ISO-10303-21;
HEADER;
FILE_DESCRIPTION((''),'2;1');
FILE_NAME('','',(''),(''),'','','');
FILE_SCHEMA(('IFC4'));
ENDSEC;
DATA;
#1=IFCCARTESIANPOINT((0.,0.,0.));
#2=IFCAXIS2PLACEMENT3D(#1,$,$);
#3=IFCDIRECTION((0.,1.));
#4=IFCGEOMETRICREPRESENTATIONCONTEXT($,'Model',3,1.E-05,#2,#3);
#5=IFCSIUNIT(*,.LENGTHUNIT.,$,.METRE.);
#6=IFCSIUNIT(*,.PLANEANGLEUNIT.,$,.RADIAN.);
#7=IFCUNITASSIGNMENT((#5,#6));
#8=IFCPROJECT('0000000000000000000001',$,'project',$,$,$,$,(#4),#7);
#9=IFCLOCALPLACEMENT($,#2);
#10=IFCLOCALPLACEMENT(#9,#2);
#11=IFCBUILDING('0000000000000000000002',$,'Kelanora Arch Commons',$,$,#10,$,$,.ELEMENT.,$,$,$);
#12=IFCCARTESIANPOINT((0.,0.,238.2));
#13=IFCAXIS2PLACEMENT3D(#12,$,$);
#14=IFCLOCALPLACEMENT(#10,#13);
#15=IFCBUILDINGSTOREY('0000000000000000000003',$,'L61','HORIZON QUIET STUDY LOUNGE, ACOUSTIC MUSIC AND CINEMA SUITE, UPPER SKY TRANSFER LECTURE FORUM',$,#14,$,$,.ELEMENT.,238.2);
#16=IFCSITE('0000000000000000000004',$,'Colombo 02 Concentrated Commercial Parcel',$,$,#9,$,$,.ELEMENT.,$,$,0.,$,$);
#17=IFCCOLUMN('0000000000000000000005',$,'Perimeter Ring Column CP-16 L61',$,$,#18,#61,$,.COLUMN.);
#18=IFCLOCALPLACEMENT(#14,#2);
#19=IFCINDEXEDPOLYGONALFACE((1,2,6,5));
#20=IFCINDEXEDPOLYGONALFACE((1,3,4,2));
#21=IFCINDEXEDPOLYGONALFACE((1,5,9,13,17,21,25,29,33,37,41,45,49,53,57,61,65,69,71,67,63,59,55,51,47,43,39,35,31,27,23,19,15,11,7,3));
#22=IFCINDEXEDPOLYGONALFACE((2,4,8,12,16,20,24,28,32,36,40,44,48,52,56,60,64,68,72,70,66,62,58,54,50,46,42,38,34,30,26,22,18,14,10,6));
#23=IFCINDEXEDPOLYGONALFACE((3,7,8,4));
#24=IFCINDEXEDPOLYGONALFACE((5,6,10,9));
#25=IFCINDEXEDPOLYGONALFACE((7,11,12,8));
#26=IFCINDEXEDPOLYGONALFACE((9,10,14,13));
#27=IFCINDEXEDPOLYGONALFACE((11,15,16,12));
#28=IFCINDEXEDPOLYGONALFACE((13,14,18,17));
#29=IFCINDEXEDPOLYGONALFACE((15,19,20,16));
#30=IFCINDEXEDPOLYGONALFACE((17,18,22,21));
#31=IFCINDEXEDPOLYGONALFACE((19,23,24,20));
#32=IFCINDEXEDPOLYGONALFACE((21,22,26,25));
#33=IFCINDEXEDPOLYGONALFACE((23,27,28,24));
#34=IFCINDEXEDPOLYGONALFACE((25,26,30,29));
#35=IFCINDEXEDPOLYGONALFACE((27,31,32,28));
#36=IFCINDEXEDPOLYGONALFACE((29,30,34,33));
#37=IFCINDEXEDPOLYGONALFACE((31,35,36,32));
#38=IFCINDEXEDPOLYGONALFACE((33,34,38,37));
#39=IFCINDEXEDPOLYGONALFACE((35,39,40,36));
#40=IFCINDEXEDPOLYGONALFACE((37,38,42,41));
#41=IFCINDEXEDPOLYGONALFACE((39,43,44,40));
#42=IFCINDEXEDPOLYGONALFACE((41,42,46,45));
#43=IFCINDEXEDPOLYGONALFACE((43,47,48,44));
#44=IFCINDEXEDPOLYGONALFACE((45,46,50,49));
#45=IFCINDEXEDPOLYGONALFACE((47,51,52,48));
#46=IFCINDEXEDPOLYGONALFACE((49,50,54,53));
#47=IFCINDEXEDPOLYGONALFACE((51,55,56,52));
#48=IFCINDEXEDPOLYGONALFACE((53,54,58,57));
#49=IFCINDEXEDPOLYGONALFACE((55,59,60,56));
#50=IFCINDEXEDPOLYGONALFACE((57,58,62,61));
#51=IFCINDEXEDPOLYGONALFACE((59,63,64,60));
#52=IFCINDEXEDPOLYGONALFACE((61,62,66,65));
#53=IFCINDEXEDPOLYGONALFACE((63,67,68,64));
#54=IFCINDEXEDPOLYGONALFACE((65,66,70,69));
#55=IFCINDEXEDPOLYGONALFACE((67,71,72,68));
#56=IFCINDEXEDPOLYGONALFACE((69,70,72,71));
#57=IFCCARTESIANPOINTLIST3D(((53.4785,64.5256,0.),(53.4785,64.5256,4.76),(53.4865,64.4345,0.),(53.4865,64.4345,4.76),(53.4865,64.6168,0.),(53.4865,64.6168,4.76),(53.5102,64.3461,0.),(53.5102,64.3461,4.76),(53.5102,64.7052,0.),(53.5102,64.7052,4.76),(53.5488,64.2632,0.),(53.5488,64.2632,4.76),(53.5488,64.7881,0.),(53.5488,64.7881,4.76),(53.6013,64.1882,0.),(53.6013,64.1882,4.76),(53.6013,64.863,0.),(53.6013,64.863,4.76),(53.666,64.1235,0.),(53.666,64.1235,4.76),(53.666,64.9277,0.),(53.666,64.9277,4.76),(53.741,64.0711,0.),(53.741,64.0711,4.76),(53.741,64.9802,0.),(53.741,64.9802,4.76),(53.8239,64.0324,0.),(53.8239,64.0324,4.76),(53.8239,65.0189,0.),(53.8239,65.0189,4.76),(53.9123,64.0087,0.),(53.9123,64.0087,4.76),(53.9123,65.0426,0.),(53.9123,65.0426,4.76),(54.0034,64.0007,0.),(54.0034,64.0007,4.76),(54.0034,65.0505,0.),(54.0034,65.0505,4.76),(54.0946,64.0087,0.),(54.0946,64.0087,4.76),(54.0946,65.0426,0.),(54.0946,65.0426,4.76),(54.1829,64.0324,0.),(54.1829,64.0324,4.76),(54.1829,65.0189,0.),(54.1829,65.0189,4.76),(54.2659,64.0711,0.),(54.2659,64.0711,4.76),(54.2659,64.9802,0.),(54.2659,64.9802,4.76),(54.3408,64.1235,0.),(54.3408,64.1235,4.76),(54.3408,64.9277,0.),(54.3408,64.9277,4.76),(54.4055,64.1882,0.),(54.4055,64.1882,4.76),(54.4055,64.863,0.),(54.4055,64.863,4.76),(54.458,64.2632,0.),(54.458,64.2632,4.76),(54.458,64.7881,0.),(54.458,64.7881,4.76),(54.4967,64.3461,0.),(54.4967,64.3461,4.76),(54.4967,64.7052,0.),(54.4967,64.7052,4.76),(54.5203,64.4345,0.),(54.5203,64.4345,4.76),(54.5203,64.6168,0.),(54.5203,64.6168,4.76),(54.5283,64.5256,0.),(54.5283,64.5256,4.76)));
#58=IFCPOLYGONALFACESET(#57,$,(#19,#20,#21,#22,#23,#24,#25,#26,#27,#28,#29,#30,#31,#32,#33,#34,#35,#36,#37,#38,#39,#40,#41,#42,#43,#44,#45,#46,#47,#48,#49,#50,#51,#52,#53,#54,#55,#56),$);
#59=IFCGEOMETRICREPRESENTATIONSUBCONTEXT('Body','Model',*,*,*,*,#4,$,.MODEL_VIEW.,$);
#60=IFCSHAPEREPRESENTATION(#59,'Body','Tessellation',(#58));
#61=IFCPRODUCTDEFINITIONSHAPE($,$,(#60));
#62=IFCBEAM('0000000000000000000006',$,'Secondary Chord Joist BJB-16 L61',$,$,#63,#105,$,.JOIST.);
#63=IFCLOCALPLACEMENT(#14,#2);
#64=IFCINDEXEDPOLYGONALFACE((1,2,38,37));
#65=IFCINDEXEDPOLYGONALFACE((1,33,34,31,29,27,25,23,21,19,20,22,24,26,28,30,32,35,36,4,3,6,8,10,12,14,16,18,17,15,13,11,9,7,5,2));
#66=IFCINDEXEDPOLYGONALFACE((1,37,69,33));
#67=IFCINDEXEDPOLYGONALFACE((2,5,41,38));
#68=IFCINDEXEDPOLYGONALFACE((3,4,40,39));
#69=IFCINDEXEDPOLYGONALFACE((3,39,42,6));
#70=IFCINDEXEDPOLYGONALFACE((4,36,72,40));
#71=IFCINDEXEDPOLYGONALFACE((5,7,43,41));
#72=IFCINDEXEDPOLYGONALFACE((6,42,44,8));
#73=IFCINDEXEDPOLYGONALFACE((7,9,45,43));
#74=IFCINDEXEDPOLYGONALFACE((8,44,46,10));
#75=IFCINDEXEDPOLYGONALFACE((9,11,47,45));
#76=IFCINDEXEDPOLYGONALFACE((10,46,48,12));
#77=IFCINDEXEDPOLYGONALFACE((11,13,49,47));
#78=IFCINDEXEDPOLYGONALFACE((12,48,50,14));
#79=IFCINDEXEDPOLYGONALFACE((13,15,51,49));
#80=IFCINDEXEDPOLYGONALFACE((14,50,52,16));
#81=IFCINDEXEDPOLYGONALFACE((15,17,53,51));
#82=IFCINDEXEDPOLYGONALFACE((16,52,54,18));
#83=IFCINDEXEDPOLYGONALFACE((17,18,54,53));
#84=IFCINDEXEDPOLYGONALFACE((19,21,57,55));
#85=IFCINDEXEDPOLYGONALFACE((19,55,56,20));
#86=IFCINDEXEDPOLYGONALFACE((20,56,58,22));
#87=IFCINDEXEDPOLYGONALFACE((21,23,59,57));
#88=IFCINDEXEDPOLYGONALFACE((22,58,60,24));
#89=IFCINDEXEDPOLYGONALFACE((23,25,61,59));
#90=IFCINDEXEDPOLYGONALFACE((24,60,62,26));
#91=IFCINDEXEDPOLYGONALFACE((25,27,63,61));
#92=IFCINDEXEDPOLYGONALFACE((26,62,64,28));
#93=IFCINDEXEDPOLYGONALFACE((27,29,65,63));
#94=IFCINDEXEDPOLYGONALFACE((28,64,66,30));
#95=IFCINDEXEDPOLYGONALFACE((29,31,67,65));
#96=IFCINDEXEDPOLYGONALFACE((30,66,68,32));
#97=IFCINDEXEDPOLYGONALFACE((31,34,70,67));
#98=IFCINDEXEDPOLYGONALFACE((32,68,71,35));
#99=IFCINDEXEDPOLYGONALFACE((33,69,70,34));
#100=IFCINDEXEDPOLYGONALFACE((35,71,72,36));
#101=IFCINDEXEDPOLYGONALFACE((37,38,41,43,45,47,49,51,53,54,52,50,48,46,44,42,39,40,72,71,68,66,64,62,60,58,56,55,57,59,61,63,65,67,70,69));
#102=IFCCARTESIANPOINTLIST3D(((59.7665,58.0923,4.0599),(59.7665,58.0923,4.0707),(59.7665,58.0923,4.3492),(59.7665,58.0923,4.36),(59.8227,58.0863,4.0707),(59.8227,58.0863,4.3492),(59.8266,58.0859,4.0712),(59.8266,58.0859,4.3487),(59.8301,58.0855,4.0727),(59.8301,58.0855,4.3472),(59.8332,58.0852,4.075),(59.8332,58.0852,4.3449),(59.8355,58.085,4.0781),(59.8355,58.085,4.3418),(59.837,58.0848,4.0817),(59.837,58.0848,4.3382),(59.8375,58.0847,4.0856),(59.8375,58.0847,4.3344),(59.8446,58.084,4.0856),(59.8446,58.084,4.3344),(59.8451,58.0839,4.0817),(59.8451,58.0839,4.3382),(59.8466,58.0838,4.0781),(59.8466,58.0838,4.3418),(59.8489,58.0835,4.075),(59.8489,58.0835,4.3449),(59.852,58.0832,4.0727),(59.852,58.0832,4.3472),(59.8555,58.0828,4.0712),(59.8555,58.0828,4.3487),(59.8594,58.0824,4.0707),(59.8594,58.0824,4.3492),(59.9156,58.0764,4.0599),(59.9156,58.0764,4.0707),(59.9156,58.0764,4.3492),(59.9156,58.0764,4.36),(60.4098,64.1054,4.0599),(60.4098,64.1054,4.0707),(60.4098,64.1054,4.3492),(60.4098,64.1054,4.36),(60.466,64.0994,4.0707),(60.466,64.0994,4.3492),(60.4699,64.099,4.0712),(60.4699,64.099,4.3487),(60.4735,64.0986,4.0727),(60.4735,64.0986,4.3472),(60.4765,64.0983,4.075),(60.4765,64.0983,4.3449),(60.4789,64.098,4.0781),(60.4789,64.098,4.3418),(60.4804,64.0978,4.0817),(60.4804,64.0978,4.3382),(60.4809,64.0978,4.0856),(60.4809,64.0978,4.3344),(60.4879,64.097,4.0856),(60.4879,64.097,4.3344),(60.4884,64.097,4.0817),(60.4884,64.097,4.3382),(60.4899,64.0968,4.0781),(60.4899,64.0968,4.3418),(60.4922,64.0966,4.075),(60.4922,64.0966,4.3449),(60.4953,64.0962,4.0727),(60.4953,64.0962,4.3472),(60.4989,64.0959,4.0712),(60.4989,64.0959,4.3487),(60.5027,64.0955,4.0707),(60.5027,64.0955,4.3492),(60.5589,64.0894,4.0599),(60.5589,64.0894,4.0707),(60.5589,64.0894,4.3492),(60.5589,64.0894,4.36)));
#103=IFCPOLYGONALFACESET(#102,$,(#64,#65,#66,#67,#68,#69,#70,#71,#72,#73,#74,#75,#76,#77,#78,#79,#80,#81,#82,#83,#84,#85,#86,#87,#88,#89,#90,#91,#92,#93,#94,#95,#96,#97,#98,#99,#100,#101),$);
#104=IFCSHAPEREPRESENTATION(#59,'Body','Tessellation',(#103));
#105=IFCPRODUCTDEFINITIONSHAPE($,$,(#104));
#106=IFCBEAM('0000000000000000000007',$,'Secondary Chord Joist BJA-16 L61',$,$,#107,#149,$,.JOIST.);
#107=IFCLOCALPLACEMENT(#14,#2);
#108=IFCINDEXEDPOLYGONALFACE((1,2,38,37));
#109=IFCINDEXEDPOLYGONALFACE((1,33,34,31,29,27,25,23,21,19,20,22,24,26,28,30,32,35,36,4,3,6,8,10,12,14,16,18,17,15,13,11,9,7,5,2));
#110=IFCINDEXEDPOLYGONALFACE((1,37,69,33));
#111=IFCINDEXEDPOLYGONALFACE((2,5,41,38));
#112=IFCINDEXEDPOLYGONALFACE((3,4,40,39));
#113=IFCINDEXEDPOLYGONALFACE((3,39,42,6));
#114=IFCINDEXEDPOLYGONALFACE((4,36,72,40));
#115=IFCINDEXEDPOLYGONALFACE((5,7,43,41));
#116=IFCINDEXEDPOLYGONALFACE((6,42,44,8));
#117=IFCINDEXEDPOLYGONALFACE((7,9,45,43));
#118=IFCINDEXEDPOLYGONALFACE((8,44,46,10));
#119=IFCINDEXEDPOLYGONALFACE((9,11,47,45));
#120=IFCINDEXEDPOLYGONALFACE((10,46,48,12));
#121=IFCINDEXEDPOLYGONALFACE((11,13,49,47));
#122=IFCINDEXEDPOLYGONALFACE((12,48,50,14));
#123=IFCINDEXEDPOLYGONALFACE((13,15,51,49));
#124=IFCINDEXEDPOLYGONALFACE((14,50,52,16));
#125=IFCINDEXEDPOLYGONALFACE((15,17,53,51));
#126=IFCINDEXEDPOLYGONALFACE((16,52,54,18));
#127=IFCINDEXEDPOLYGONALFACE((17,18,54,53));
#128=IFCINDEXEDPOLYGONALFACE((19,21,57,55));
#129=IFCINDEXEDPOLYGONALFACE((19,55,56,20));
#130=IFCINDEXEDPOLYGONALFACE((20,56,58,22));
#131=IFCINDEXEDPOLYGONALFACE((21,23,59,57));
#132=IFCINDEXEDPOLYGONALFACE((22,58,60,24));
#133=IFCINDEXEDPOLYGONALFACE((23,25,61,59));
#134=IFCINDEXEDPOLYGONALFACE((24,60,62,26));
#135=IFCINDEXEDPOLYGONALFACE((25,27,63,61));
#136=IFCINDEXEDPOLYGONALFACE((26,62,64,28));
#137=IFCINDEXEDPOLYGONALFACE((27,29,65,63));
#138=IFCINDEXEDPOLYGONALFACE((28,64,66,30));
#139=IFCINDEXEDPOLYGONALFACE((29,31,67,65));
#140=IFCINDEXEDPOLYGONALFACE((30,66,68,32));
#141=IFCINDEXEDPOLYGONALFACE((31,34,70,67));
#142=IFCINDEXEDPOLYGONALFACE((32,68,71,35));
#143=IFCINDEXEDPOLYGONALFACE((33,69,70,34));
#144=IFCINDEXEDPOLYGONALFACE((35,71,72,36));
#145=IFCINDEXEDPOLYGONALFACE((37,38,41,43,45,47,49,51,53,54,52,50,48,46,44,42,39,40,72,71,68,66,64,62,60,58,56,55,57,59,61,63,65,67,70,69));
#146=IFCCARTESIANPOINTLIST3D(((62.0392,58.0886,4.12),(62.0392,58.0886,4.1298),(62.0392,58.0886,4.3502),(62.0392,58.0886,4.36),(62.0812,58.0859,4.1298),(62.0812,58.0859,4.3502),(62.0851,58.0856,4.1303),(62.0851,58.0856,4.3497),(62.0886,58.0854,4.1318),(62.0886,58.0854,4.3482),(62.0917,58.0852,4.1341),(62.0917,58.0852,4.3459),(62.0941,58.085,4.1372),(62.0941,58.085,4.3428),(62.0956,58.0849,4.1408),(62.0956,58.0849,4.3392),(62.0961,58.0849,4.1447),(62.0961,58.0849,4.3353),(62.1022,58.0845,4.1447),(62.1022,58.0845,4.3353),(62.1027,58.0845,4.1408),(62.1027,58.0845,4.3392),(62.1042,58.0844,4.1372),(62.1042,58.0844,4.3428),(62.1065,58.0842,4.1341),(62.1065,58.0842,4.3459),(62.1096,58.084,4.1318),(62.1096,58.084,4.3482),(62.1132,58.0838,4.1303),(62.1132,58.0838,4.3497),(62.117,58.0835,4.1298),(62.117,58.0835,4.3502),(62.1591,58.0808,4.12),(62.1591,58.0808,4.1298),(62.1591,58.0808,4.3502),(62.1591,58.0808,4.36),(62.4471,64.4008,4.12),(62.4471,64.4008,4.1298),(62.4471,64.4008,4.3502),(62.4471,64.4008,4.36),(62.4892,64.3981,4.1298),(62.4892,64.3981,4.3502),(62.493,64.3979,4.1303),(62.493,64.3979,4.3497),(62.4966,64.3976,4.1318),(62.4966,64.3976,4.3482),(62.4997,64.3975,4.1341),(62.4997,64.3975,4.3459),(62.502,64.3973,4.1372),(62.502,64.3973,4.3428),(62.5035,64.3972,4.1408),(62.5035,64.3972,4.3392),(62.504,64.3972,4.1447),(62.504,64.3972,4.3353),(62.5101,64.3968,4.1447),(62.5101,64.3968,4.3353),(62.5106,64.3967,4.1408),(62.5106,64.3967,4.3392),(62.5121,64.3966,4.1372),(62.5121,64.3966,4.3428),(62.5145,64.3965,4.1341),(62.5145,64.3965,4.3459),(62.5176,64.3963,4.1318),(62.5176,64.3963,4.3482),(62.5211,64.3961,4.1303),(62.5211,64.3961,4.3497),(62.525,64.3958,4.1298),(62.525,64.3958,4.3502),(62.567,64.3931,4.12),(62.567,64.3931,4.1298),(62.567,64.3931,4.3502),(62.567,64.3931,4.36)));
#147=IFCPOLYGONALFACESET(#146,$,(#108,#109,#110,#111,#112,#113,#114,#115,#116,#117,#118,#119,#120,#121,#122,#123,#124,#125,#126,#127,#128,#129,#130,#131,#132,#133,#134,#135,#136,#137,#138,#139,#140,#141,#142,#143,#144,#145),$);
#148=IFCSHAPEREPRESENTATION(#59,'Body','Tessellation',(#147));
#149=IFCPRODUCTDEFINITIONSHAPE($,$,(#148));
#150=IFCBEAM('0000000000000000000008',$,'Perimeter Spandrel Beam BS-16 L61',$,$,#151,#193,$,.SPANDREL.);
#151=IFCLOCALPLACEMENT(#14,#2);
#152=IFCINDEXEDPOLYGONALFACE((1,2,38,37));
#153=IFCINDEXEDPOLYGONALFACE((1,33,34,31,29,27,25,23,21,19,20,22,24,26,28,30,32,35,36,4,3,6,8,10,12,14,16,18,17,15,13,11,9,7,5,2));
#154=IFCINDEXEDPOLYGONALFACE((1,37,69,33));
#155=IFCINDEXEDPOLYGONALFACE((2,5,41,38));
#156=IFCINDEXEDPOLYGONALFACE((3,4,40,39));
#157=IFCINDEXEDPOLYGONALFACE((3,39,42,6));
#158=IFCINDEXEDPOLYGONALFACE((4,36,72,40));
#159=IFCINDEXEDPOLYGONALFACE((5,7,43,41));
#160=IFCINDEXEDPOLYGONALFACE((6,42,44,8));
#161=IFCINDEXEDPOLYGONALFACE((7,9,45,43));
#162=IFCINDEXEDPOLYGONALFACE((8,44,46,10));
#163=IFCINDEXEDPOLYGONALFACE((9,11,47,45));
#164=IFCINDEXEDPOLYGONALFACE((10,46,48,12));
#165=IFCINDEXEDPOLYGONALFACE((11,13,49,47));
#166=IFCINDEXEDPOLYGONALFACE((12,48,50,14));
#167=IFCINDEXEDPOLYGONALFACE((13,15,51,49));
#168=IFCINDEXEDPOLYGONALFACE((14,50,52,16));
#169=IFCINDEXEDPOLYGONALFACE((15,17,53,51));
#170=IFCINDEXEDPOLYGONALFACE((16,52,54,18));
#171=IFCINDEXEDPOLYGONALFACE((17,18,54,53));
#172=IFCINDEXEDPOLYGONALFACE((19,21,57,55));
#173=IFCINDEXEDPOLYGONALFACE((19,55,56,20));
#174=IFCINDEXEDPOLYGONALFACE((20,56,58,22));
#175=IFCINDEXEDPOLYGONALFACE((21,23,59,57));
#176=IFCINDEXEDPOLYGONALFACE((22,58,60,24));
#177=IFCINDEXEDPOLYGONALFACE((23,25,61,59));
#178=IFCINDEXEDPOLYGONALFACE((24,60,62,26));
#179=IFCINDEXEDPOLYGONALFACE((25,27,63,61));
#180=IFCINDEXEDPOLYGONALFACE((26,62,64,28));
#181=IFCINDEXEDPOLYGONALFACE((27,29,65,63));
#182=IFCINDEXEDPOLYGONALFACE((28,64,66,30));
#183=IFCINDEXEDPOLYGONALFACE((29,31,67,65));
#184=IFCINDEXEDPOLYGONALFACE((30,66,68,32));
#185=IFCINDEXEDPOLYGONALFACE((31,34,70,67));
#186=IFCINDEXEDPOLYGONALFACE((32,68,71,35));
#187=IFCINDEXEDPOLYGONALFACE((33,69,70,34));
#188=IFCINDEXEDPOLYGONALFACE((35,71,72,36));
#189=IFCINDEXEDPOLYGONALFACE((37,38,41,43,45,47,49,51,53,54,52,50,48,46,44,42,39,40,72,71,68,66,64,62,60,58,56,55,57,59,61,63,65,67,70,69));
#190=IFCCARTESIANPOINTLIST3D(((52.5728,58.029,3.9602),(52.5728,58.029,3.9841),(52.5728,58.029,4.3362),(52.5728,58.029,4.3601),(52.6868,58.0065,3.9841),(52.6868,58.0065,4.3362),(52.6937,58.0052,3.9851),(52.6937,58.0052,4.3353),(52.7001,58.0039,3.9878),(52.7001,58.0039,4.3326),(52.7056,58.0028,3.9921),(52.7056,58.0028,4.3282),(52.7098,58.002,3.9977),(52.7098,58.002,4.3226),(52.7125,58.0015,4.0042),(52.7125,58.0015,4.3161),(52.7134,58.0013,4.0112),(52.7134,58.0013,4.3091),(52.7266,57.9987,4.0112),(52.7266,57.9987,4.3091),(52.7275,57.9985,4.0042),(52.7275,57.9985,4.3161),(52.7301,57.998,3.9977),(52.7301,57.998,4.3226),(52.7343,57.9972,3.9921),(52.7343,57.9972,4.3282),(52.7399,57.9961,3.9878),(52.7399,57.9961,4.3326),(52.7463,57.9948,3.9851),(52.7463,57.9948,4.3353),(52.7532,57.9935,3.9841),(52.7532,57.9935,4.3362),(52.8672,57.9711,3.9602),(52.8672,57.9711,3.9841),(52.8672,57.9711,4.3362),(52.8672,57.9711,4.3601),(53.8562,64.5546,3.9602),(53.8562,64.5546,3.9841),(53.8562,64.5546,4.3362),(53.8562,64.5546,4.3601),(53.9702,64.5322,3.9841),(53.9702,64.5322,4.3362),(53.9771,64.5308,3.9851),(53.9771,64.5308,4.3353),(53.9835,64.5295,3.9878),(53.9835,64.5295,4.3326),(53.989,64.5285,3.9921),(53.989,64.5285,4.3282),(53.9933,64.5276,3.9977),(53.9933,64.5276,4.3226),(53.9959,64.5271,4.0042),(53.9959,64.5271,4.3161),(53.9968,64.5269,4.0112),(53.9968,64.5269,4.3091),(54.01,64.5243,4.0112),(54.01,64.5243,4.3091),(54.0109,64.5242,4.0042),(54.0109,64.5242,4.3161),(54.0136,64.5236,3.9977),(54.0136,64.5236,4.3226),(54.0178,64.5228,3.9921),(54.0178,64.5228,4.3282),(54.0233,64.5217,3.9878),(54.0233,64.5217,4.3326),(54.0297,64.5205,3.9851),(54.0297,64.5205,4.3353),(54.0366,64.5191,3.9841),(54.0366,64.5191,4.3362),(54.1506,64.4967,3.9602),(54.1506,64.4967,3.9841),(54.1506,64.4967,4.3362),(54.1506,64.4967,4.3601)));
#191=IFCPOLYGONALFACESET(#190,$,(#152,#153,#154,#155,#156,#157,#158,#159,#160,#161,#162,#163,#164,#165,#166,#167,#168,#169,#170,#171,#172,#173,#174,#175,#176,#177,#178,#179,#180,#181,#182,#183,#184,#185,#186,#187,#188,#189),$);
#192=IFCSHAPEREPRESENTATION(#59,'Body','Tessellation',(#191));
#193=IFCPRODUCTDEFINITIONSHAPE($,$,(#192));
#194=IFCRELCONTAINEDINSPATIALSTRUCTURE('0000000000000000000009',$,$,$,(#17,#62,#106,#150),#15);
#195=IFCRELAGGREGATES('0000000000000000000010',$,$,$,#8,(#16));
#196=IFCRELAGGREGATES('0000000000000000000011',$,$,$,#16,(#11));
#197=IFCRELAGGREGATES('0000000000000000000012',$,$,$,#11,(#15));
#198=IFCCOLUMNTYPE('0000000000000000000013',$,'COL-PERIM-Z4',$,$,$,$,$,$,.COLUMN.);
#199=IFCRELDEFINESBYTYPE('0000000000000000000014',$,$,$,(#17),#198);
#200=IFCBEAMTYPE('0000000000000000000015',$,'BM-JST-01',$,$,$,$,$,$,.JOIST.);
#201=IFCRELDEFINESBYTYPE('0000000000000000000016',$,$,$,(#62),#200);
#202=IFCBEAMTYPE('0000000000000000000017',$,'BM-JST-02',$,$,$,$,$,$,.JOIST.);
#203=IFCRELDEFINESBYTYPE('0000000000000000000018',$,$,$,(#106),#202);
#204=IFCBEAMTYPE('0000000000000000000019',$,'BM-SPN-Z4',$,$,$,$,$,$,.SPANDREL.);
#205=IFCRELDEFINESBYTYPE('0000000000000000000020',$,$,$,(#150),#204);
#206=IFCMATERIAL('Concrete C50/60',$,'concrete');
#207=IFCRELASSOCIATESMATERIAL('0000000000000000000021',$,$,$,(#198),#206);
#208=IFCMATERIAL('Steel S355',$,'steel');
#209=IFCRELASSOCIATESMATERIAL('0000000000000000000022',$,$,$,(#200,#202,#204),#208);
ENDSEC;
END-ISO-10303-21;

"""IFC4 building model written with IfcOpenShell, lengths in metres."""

from ifc_helpers import new_model, si_unit, direction, frame, origin, origin_2d, place, context, subcontext, project, spatial, circle, i_section, extrude, material, material_profile, profile_set, type_object, element, save


model = new_model("IFC4")

# Units and contexts
model_context = context("Model", 3, precision=1e-05, world=origin(), true_north=direction((0.0, 1.0)))
body_context = subcontext(model_context, "Body", "Model", "MODEL_VIEW")
ifc_project = project(units=[si_unit("LENGTHUNIT", "METRE"), si_unit("PLANEANGLEUNIT", "RADIAN")], contexts=[model_context])

# Site, building, storey
site_placement = place(None, origin())
site = spatial("IfcSite", under=ifc_project, at=site_placement, Name="Colombo 02 Concentrated Commercial Parcel", CompositionType="ELEMENT", RefElevation=0.0)
building_placement = place(site_placement, origin())
building = spatial("IfcBuilding", under=site, at=building_placement, Name="Kelanora Arch Commons", CompositionType="ELEMENT")
storey_placement = place(building_placement, frame((0.0, 0.0, 238.2)))
storey = spatial("IfcBuildingStorey", under=building, at=storey_placement, Name="L61", Description="HORIZON QUIET STUDY LOUNGE, ACOUSTIC MUSIC AND CINEMA SUITE, UPPER SKY TRANSFER LECTURE FORUM", CompositionType="ELEMENT", Elevation=238.2)

# Column
ifc_material_1 = material(Name="Concrete C50/60", Category="concrete")
ifc_material_profile_1 = material_profile(ifc_material_1, circle(Radius=0.5249, at=origin_2d()), Name="RCC1050")
ifc_profile_set_1 = profile_set([ifc_material_profile_1], Name="Concrete C50/60")
column_type = type_object("IfcColumnType", Name="COL-PERIM-Z4", PredefinedType="COLUMN", material=ifc_profile_set_1)
column_placement = place(storey_placement, frame((54.0034, 64.5256, 0.0), z_axis=(0.0, 0.0, 1.0), x_axis=(1.0, 0.0, 0.0)))
element("IfcColumn", 1, at=column_placement, inside=storey, type_object=column_type, Name="Perimeter Ring Column CP-16 L61", PredefinedType="COLUMN", context=body_context, shape_type="SweptSolid", body=[
    extrude(circle(Radius=0.5249, at=origin_2d()), origin(), (0.0, 0.0, 1.0), 4.76),
])

# Beams
ifc_material_2 = material(Name="Steel S355", Category="steel")
ifc_material_profile_2 = material_profile(ifc_material_2, i_section(OverallWidth=0.1499, OverallDepth=0.3, WebThickness=0.0071, FlangeThickness=0.0107, FilletRadius=0.0149, at=origin_2d()), Name="IPE300")
ifc_profile_set_2 = profile_set([ifc_material_profile_2], Name="Steel S355")
beam_type_1 = type_object("IfcBeamType", Name="BM-JST-01", PredefinedType="JOIST", material=ifc_profile_set_2)
beam_1_placement = place(storey_placement, frame((60.4844, 64.0974, 4.21), z_axis=(-0.106381, -0.994325, 0.0), x_axis=(0.994325, -0.106381, 0.0)))
element("IfcBeam", 2, at=beam_1_placement, inside=storey, type_object=beam_type_1, Name="Secondary Chord Joist BJB-16 L61", PredefinedType="JOIST", context=body_context, shape_type="SweptSolid", body=[
    extrude(i_section(OverallWidth=0.1499, OverallDepth=0.3, WebThickness=0.0071, FlangeThickness=0.0107, FilletRadius=0.0149, at=origin_2d()), origin(), (0.0, 0.0, 1.0), 6.0474),
])
ifc_material_profile_3 = material_profile(ifc_material_2, i_section(OverallWidth=0.1201, OverallDepth=0.24, WebThickness=0.0061, FlangeThickness=0.0098, FilletRadius=0.0149, at=origin_2d()), Name="IPE240")
ifc_profile_set_3 = profile_set([ifc_material_profile_3], Name="Steel S355")
beam_type_2 = type_object("IfcBeamType", Name="BM-JST-02", PredefinedType="JOIST", material=ifc_profile_set_3)
beam_2_placement = place(storey_placement, frame((62.5071, 64.397, 4.24), z_axis=(-0.064495, -0.997918, 0.0), x_axis=(0.997918, -0.064495, 0.0)))
element("IfcBeam", 3, at=beam_2_placement, inside=storey, type_object=beam_type_2, Name="Secondary Chord Joist BJA-16 L61", PredefinedType="JOIST", context=body_context, shape_type="SweptSolid", body=[
    extrude(i_section(OverallWidth=0.1201, OverallDepth=0.24, WebThickness=0.0061, FlangeThickness=0.0098, FilletRadius=0.0149, at=origin_2d()), origin(), (0.0, 0.0, 1.0), 6.3254),
])
ifc_material_profile_4 = material_profile(ifc_material_2, i_section(OverallWidth=0.3, OverallDepth=0.3999, WebThickness=0.0134, FlangeThickness=0.0239, FilletRadius=0.0271, at=origin_2d()), Name="HEB400")
ifc_profile_set_4 = profile_set([ifc_material_profile_4], Name="Steel S355")
beam_type_3 = type_object("IfcBeamType", Name="BM-SPN-Z4", PredefinedType="SPANDREL", material=ifc_profile_set_4)
beam_3_placement = place(storey_placement, frame((54.0034, 64.5256, 4.1602), z_axis=(-0.192981, -0.981203, 0.0), x_axis=(0.981203, -0.192981, 0.0)))
element("IfcBeam", 4, at=beam_3_placement, inside=storey, type_object=beam_type_3, Name="Perimeter Spandrel Beam BS-16 L61", PredefinedType="SPANDREL", context=body_context, shape_type="SweptSolid", body=[
    extrude(i_section(OverallWidth=0.3, OverallDepth=0.3999, WebThickness=0.0134, FlangeThickness=0.0239, FilletRadius=0.0271, at=origin_2d()), origin(), (0.0, 0.0, 1.0), 6.6506),
])

save(model, "model.ifc")
